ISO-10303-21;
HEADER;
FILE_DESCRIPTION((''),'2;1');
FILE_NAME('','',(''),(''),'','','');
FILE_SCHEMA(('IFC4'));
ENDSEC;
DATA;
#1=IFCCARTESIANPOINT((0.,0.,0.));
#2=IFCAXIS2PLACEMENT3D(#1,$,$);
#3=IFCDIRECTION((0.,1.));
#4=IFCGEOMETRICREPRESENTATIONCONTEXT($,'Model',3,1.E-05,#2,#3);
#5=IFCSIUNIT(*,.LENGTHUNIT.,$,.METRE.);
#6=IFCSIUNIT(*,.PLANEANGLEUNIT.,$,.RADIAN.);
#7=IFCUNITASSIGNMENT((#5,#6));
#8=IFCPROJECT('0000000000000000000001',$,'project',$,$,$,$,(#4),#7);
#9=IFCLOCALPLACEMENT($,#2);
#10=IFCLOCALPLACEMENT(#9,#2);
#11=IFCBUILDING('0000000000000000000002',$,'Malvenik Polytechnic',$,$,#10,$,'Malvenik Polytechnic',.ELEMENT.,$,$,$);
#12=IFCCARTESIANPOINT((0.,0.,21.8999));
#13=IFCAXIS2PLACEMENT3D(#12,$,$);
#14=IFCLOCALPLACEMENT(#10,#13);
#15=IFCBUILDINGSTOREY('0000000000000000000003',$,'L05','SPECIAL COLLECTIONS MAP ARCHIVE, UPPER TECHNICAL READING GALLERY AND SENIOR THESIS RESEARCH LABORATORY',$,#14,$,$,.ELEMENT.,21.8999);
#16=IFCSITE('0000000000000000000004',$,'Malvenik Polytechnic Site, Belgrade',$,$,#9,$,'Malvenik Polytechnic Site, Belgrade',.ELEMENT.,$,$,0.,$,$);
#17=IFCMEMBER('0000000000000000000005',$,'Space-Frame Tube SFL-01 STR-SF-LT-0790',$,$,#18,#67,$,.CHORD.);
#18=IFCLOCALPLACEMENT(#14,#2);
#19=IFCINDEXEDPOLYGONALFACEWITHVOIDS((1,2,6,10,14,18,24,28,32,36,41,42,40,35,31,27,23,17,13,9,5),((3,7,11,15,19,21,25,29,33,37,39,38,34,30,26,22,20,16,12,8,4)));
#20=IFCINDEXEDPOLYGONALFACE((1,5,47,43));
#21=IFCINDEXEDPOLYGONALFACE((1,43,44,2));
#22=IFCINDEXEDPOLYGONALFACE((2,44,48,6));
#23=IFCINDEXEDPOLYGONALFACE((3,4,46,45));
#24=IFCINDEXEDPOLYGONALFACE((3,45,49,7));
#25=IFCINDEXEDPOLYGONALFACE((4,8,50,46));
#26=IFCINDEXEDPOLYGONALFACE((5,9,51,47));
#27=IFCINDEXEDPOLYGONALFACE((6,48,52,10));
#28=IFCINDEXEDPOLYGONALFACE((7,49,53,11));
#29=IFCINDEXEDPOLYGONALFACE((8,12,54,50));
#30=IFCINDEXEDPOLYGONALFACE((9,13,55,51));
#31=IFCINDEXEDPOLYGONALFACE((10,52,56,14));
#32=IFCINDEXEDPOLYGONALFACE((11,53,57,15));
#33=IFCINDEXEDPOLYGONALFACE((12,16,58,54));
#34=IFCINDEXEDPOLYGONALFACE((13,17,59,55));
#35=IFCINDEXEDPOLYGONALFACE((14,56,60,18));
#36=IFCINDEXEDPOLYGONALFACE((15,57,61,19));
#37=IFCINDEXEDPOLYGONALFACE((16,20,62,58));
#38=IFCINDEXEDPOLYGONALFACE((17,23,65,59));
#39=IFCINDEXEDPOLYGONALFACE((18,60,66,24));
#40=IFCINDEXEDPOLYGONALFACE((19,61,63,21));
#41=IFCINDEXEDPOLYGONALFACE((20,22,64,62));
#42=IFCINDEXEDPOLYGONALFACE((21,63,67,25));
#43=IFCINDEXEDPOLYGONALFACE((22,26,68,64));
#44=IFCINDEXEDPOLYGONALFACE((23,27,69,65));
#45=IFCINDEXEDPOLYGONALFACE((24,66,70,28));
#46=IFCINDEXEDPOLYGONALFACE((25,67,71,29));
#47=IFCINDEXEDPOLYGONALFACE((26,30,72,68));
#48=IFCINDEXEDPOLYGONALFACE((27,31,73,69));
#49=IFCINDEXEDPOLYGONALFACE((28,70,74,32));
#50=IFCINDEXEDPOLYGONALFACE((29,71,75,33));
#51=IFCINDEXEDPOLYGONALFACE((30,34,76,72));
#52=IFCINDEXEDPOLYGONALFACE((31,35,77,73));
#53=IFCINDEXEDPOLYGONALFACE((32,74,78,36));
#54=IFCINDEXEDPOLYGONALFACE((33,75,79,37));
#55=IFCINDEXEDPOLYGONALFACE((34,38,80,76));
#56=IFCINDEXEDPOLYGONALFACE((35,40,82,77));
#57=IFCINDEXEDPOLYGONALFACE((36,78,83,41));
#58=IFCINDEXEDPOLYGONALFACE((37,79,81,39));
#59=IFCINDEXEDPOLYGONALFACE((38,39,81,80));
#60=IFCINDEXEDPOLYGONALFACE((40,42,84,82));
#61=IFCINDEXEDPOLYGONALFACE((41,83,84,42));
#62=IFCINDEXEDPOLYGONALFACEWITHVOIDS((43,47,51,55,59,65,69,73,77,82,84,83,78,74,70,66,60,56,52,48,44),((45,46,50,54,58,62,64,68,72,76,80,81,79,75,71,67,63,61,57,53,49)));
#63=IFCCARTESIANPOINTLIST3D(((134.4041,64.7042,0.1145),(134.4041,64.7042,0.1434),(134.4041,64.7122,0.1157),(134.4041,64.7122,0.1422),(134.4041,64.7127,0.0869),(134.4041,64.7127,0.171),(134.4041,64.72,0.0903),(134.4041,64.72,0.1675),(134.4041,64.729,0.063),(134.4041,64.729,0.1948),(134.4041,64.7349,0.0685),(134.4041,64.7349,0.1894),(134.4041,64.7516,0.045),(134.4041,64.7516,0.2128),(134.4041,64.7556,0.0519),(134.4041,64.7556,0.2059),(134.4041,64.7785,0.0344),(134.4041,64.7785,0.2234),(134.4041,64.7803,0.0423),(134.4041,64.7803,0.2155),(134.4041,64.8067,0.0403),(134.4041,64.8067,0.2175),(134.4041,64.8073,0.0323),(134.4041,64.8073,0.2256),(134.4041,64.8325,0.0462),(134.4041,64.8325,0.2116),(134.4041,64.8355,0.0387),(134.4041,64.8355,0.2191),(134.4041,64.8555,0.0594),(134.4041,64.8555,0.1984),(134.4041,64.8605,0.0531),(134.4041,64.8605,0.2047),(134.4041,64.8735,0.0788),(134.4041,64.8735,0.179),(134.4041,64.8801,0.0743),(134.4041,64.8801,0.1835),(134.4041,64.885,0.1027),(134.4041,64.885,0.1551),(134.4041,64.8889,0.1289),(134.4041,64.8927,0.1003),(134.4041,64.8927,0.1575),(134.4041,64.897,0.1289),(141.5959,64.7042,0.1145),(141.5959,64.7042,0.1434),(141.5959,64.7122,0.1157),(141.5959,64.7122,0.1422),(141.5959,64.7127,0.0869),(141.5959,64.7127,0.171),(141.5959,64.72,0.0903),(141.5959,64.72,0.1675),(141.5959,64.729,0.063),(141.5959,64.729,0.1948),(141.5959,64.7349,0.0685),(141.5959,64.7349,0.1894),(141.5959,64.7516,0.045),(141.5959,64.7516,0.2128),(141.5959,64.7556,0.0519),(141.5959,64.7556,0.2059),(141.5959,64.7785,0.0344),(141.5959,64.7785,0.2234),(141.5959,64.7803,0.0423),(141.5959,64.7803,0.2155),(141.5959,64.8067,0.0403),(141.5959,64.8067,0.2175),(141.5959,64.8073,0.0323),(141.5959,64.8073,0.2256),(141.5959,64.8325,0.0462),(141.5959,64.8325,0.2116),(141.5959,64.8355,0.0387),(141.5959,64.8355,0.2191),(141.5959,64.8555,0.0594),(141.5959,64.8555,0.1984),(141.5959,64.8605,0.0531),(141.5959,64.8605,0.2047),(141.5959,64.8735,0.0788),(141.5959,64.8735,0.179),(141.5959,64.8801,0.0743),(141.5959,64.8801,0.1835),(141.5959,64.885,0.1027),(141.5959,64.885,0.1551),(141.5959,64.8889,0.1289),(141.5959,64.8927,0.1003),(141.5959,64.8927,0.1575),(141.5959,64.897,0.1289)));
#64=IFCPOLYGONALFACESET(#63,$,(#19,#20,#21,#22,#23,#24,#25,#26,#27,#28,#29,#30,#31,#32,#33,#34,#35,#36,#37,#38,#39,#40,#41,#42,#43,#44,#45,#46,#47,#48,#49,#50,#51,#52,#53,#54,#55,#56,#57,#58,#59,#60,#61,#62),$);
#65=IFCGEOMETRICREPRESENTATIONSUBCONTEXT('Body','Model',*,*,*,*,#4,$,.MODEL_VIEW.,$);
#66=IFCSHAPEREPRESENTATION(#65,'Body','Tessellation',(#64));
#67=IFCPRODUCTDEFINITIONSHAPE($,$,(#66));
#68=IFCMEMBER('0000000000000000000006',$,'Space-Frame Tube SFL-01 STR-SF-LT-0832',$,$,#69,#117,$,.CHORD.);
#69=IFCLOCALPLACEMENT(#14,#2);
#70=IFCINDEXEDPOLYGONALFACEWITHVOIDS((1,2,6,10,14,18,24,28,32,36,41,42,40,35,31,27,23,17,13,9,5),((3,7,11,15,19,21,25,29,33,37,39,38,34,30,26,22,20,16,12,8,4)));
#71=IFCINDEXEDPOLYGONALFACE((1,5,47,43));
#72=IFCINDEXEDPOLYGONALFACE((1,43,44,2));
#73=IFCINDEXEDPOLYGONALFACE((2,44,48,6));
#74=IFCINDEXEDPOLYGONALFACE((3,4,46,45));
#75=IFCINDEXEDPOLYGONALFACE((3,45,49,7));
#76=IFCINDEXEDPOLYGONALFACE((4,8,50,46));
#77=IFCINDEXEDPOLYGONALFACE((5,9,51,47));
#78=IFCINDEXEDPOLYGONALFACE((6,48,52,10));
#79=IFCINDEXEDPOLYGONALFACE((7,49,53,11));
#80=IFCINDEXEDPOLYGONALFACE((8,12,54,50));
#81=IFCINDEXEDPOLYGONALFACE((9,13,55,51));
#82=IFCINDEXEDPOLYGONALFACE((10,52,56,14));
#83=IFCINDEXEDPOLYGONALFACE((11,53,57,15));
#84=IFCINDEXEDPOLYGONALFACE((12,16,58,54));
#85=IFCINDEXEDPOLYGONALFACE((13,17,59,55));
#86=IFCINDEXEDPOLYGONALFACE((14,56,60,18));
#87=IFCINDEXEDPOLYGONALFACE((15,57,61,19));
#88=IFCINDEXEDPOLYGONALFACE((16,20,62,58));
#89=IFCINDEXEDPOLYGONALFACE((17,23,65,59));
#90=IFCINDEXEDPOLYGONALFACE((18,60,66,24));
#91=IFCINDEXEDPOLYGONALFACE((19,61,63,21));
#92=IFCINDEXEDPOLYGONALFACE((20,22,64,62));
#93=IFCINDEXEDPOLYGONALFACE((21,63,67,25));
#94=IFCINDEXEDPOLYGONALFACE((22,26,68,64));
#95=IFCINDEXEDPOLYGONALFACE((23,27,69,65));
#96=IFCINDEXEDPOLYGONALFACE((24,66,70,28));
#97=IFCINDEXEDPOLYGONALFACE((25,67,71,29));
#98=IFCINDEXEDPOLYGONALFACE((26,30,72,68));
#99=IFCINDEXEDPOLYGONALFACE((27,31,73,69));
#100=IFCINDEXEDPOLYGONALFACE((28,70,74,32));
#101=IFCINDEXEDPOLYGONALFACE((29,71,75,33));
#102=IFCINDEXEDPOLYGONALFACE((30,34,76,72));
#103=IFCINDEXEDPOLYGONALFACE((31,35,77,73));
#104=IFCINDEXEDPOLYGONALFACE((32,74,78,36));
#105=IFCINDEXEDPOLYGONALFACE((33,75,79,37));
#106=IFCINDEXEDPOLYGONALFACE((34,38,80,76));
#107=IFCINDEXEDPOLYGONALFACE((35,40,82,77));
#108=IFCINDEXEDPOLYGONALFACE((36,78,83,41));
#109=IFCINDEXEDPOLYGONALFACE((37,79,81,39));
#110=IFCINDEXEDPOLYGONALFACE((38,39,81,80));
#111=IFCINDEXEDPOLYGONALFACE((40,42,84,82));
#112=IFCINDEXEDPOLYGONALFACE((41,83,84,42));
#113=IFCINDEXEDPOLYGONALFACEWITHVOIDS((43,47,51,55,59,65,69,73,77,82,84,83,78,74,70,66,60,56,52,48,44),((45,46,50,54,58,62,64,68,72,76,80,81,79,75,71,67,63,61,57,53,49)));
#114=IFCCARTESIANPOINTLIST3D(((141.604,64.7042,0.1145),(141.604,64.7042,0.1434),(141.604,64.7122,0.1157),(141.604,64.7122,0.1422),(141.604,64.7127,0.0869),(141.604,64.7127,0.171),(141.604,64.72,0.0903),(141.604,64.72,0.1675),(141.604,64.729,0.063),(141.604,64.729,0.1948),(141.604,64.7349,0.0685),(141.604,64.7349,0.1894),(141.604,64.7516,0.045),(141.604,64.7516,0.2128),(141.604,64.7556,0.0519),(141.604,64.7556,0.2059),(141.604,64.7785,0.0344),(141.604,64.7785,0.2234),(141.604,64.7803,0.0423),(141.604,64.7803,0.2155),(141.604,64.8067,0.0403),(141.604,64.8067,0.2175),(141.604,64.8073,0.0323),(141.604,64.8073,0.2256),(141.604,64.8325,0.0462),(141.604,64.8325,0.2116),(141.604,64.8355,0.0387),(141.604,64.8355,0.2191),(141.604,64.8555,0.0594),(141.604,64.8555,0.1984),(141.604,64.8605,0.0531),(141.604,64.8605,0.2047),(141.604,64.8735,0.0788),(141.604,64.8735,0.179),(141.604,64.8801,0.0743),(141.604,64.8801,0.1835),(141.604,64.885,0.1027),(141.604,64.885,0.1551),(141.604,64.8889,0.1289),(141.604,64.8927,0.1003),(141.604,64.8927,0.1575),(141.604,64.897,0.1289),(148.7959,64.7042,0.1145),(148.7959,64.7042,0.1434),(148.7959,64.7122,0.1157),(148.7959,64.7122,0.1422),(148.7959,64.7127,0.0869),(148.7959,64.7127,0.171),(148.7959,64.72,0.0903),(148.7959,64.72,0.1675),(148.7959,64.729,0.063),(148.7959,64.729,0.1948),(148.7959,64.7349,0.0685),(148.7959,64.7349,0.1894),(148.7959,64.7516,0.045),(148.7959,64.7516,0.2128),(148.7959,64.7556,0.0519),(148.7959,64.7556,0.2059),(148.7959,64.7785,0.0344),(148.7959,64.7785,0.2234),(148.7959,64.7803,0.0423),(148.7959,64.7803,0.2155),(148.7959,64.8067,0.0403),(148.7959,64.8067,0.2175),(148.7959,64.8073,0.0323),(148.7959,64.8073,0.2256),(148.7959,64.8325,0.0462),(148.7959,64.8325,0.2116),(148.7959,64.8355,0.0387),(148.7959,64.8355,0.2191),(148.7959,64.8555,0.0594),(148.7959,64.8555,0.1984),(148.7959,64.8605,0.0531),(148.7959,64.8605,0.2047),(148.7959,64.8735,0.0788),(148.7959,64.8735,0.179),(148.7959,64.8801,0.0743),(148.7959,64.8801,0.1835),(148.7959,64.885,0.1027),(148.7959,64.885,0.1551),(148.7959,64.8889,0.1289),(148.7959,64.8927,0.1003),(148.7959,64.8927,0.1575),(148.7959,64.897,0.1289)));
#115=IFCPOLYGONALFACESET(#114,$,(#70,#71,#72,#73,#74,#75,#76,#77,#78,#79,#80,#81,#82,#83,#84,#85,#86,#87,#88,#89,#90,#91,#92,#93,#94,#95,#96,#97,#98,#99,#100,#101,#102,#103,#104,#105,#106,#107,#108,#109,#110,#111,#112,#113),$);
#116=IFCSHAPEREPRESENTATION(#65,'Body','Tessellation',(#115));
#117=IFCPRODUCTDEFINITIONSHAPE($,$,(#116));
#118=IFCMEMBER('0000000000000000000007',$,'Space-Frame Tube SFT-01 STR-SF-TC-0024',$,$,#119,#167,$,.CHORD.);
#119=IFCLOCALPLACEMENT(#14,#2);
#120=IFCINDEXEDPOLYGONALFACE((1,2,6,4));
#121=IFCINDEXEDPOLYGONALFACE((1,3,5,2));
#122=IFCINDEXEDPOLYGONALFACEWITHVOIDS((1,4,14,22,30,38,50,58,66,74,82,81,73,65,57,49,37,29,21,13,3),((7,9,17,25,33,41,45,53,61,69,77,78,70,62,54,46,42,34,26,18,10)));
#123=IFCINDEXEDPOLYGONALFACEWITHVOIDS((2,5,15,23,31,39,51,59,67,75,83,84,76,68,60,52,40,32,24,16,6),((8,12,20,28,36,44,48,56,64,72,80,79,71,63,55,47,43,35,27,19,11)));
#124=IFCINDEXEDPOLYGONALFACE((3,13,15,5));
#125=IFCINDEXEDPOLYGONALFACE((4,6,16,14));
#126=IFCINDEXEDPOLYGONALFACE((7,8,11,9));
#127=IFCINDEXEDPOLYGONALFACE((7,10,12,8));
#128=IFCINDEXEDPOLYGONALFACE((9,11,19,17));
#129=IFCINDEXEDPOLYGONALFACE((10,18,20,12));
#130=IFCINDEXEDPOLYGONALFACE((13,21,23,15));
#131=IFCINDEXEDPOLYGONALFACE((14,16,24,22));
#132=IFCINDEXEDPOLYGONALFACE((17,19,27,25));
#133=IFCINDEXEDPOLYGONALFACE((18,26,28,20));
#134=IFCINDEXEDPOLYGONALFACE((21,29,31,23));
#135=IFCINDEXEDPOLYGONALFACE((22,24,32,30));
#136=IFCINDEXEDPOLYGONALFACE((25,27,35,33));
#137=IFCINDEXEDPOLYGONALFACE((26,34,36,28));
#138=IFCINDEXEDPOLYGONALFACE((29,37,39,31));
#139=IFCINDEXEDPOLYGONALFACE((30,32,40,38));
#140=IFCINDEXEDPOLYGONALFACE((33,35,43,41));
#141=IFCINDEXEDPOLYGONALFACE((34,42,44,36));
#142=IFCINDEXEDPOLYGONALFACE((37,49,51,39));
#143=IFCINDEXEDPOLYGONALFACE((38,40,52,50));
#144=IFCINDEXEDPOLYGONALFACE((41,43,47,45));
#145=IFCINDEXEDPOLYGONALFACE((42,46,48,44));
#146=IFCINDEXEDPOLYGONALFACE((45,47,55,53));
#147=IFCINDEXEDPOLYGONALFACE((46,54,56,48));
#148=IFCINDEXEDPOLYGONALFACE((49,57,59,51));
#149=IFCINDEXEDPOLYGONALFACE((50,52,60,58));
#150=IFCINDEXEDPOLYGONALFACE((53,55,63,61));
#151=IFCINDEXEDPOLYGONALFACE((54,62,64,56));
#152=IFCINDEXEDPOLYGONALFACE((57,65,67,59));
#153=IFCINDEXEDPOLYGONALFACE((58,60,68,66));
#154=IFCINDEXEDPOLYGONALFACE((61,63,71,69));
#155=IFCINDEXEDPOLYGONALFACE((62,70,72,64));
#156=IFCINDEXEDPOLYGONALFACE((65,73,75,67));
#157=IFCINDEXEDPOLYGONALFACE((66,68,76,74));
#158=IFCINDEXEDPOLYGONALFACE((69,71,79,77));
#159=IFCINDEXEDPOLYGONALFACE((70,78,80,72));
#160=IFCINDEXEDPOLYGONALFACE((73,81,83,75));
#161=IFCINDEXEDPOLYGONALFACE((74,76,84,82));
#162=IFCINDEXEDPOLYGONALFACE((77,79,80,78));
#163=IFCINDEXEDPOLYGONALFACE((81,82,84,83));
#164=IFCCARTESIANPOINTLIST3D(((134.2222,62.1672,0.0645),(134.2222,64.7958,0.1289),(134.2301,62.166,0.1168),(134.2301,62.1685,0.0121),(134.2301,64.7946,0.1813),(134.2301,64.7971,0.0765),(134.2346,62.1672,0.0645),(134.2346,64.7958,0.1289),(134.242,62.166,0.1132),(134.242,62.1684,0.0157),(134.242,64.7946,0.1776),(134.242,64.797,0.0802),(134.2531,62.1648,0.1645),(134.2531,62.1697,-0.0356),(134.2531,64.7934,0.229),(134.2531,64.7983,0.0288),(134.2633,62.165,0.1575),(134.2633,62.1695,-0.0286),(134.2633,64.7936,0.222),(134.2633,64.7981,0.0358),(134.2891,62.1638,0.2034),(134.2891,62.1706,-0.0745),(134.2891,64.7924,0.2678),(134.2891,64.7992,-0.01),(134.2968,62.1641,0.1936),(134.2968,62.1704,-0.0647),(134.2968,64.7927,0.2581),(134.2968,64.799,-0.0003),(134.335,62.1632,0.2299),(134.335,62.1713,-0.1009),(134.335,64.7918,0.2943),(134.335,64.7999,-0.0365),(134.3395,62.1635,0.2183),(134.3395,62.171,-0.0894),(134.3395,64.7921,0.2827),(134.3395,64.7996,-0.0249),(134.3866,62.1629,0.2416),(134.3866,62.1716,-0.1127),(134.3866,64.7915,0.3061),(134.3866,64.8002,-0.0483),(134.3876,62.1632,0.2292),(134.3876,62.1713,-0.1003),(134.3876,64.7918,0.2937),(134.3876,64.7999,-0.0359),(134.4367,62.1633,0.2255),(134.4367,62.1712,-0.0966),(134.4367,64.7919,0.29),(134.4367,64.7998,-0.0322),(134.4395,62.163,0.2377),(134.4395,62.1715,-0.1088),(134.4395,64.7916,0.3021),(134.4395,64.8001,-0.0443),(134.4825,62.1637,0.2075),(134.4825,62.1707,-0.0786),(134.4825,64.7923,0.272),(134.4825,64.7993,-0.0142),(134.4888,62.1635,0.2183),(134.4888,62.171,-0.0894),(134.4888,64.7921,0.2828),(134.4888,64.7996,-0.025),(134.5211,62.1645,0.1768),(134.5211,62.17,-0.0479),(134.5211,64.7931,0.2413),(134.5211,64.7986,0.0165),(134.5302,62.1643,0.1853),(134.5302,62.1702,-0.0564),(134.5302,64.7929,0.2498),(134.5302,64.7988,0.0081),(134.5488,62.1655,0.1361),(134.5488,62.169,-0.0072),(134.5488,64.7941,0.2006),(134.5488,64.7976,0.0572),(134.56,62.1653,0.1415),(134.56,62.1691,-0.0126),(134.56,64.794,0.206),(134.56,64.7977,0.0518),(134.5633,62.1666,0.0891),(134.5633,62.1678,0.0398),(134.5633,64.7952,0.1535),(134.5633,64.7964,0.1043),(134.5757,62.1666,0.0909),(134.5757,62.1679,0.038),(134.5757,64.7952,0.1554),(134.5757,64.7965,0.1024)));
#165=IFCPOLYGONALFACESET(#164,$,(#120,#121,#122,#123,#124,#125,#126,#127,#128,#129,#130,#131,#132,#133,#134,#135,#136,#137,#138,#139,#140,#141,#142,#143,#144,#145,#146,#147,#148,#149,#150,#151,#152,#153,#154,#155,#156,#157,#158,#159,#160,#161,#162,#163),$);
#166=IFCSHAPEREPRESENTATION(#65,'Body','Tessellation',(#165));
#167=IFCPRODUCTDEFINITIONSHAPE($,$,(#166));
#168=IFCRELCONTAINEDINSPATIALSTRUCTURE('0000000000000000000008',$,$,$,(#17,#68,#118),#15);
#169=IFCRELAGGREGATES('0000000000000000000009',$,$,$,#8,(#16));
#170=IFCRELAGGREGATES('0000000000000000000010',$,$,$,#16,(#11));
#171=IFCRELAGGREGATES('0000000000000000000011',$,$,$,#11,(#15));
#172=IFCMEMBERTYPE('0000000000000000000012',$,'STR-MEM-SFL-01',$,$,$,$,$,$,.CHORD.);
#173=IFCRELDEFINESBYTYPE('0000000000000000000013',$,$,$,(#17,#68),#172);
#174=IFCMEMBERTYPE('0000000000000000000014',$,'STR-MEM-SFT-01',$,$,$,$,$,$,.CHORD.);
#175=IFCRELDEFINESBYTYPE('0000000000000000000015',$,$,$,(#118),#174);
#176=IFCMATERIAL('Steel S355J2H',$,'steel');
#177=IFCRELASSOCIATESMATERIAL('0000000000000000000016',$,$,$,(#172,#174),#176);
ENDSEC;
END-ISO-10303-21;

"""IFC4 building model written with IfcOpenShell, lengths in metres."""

from ifc_helpers import new_model, si_unit, direction, frame, origin, origin_2d, place, context, subcontext, project, spatial, hollow_circle, extrude, material, material_profile, profile_set, type_object, element, save


model = new_model("IFC4")

# Units and contexts
model_context = context("Model", 3, precision=1e-05, world=origin(), true_north=direction((0.0, 1.0)))
body_context = subcontext(model_context, "Body", "Model", "MODEL_VIEW")
ifc_project = project(units=[si_unit("LENGTHUNIT", "METRE"), si_unit("PLANEANGLEUNIT", "RADIAN")], contexts=[model_context])

# Site, building, storey
site_placement = place(None, origin())
site = spatial("IfcSite", under=ifc_project, at=site_placement, Name="Malvenik Polytechnic Site, Belgrade", LongName="Malvenik Polytechnic Site, Belgrade", CompositionType="ELEMENT", RefElevation=0.0)
building_placement = place(site_placement, origin())
building = spatial("IfcBuilding", under=site, at=building_placement, Name="Malvenik Polytechnic", LongName="Malvenik Polytechnic", CompositionType="ELEMENT")
storey_placement = place(building_placement, frame((0.0, 0.0, 21.8999)))
storey = spatial("IfcBuildingStorey", under=building, at=storey_placement, Name="L05", Description="SPECIAL COLLECTIONS MAP ARCHIVE, UPPER TECHNICAL READING GALLERY AND SENIOR THESIS RESEARCH LABORATORY", CompositionType="ELEMENT", Elevation=21.8999)

# Members
ifc_material = material(Name="Steel S355J2H", Category="steel")
ifc_material_profile_1 = material_profile(ifc_material, hollow_circle(Radius=0.0969, WallThickness=0.0081, at=origin_2d()), Name="CHS 193.7x8.0")
ifc_profile_set_1 = profile_set([ifc_material_profile_1], Name="Steel S355J2H")
member_type_1 = type_object("IfcMemberType", Name="STR-MEM-SFL-01", PredefinedType="CHORD", material=ifc_profile_set_1)
for number, where, z_axis, x_axis, name in (
    (1, (134.4041, 64.8, 0.1289), (1.0, 0.0, 0.0), (0.0, 1.0, 0.0), "Space-Frame Tube SFL-01 STR-SF-LT-0790"),
    (2, (141.604, 64.8, 0.1289), (1.0, 0.0, 0.0), (0.0, 1.0, 0.0), "Space-Frame Tube SFL-01 STR-SF-LT-0832"),
):
    element("IfcMember", number, at=place(storey_placement, frame(where, z_axis=z_axis, x_axis=x_axis)), inside=storey, type_object=member_type_1, Name=name, PredefinedType="CHORD", context=body_context, shape_type="SweptSolid", body=[
        extrude(hollow_circle(Radius=0.0969, WallThickness=0.0081, at=origin_2d()), origin(), (0.0, 0.0, 1.0), 7.1919),
    ])
ifc_material_profile_2 = material_profile(ifc_material, hollow_circle(Radius=0.1777, WallThickness=0.0125, at=origin_2d()), Name="CHS 355.6x12.5")
ifc_profile_set_2 = profile_set([ifc_material_profile_2], Name="Steel S355J2H")
member_type_2 = type_object("IfcMemberType", Name="STR-MEM-SFT-01", PredefinedType="CHORD", material=ifc_profile_set_2)
for number, where, z_axis, x_axis, name in (
    (3, (134.3999, 62.1672, 0.0645), (0.0, 0.9997, 0.024512), (-1.0, 0.0, 0.0), "Space-Frame Tube SFT-01 STR-SF-TC-0024"),
):
    element("IfcMember", number, at=place(storey_placement, frame(where, z_axis=z_axis, x_axis=x_axis)), inside=storey, type_object=member_type_2, Name=name, PredefinedType="CHORD", context=body_context, shape_type="SweptSolid", body=[
        extrude(hollow_circle(Radius=0.1777, WallThickness=0.0125, at=origin_2d()), origin(), (0.0, 0.0, 1.0), 2.6294),
    ])

save(model, "model.ifc")
